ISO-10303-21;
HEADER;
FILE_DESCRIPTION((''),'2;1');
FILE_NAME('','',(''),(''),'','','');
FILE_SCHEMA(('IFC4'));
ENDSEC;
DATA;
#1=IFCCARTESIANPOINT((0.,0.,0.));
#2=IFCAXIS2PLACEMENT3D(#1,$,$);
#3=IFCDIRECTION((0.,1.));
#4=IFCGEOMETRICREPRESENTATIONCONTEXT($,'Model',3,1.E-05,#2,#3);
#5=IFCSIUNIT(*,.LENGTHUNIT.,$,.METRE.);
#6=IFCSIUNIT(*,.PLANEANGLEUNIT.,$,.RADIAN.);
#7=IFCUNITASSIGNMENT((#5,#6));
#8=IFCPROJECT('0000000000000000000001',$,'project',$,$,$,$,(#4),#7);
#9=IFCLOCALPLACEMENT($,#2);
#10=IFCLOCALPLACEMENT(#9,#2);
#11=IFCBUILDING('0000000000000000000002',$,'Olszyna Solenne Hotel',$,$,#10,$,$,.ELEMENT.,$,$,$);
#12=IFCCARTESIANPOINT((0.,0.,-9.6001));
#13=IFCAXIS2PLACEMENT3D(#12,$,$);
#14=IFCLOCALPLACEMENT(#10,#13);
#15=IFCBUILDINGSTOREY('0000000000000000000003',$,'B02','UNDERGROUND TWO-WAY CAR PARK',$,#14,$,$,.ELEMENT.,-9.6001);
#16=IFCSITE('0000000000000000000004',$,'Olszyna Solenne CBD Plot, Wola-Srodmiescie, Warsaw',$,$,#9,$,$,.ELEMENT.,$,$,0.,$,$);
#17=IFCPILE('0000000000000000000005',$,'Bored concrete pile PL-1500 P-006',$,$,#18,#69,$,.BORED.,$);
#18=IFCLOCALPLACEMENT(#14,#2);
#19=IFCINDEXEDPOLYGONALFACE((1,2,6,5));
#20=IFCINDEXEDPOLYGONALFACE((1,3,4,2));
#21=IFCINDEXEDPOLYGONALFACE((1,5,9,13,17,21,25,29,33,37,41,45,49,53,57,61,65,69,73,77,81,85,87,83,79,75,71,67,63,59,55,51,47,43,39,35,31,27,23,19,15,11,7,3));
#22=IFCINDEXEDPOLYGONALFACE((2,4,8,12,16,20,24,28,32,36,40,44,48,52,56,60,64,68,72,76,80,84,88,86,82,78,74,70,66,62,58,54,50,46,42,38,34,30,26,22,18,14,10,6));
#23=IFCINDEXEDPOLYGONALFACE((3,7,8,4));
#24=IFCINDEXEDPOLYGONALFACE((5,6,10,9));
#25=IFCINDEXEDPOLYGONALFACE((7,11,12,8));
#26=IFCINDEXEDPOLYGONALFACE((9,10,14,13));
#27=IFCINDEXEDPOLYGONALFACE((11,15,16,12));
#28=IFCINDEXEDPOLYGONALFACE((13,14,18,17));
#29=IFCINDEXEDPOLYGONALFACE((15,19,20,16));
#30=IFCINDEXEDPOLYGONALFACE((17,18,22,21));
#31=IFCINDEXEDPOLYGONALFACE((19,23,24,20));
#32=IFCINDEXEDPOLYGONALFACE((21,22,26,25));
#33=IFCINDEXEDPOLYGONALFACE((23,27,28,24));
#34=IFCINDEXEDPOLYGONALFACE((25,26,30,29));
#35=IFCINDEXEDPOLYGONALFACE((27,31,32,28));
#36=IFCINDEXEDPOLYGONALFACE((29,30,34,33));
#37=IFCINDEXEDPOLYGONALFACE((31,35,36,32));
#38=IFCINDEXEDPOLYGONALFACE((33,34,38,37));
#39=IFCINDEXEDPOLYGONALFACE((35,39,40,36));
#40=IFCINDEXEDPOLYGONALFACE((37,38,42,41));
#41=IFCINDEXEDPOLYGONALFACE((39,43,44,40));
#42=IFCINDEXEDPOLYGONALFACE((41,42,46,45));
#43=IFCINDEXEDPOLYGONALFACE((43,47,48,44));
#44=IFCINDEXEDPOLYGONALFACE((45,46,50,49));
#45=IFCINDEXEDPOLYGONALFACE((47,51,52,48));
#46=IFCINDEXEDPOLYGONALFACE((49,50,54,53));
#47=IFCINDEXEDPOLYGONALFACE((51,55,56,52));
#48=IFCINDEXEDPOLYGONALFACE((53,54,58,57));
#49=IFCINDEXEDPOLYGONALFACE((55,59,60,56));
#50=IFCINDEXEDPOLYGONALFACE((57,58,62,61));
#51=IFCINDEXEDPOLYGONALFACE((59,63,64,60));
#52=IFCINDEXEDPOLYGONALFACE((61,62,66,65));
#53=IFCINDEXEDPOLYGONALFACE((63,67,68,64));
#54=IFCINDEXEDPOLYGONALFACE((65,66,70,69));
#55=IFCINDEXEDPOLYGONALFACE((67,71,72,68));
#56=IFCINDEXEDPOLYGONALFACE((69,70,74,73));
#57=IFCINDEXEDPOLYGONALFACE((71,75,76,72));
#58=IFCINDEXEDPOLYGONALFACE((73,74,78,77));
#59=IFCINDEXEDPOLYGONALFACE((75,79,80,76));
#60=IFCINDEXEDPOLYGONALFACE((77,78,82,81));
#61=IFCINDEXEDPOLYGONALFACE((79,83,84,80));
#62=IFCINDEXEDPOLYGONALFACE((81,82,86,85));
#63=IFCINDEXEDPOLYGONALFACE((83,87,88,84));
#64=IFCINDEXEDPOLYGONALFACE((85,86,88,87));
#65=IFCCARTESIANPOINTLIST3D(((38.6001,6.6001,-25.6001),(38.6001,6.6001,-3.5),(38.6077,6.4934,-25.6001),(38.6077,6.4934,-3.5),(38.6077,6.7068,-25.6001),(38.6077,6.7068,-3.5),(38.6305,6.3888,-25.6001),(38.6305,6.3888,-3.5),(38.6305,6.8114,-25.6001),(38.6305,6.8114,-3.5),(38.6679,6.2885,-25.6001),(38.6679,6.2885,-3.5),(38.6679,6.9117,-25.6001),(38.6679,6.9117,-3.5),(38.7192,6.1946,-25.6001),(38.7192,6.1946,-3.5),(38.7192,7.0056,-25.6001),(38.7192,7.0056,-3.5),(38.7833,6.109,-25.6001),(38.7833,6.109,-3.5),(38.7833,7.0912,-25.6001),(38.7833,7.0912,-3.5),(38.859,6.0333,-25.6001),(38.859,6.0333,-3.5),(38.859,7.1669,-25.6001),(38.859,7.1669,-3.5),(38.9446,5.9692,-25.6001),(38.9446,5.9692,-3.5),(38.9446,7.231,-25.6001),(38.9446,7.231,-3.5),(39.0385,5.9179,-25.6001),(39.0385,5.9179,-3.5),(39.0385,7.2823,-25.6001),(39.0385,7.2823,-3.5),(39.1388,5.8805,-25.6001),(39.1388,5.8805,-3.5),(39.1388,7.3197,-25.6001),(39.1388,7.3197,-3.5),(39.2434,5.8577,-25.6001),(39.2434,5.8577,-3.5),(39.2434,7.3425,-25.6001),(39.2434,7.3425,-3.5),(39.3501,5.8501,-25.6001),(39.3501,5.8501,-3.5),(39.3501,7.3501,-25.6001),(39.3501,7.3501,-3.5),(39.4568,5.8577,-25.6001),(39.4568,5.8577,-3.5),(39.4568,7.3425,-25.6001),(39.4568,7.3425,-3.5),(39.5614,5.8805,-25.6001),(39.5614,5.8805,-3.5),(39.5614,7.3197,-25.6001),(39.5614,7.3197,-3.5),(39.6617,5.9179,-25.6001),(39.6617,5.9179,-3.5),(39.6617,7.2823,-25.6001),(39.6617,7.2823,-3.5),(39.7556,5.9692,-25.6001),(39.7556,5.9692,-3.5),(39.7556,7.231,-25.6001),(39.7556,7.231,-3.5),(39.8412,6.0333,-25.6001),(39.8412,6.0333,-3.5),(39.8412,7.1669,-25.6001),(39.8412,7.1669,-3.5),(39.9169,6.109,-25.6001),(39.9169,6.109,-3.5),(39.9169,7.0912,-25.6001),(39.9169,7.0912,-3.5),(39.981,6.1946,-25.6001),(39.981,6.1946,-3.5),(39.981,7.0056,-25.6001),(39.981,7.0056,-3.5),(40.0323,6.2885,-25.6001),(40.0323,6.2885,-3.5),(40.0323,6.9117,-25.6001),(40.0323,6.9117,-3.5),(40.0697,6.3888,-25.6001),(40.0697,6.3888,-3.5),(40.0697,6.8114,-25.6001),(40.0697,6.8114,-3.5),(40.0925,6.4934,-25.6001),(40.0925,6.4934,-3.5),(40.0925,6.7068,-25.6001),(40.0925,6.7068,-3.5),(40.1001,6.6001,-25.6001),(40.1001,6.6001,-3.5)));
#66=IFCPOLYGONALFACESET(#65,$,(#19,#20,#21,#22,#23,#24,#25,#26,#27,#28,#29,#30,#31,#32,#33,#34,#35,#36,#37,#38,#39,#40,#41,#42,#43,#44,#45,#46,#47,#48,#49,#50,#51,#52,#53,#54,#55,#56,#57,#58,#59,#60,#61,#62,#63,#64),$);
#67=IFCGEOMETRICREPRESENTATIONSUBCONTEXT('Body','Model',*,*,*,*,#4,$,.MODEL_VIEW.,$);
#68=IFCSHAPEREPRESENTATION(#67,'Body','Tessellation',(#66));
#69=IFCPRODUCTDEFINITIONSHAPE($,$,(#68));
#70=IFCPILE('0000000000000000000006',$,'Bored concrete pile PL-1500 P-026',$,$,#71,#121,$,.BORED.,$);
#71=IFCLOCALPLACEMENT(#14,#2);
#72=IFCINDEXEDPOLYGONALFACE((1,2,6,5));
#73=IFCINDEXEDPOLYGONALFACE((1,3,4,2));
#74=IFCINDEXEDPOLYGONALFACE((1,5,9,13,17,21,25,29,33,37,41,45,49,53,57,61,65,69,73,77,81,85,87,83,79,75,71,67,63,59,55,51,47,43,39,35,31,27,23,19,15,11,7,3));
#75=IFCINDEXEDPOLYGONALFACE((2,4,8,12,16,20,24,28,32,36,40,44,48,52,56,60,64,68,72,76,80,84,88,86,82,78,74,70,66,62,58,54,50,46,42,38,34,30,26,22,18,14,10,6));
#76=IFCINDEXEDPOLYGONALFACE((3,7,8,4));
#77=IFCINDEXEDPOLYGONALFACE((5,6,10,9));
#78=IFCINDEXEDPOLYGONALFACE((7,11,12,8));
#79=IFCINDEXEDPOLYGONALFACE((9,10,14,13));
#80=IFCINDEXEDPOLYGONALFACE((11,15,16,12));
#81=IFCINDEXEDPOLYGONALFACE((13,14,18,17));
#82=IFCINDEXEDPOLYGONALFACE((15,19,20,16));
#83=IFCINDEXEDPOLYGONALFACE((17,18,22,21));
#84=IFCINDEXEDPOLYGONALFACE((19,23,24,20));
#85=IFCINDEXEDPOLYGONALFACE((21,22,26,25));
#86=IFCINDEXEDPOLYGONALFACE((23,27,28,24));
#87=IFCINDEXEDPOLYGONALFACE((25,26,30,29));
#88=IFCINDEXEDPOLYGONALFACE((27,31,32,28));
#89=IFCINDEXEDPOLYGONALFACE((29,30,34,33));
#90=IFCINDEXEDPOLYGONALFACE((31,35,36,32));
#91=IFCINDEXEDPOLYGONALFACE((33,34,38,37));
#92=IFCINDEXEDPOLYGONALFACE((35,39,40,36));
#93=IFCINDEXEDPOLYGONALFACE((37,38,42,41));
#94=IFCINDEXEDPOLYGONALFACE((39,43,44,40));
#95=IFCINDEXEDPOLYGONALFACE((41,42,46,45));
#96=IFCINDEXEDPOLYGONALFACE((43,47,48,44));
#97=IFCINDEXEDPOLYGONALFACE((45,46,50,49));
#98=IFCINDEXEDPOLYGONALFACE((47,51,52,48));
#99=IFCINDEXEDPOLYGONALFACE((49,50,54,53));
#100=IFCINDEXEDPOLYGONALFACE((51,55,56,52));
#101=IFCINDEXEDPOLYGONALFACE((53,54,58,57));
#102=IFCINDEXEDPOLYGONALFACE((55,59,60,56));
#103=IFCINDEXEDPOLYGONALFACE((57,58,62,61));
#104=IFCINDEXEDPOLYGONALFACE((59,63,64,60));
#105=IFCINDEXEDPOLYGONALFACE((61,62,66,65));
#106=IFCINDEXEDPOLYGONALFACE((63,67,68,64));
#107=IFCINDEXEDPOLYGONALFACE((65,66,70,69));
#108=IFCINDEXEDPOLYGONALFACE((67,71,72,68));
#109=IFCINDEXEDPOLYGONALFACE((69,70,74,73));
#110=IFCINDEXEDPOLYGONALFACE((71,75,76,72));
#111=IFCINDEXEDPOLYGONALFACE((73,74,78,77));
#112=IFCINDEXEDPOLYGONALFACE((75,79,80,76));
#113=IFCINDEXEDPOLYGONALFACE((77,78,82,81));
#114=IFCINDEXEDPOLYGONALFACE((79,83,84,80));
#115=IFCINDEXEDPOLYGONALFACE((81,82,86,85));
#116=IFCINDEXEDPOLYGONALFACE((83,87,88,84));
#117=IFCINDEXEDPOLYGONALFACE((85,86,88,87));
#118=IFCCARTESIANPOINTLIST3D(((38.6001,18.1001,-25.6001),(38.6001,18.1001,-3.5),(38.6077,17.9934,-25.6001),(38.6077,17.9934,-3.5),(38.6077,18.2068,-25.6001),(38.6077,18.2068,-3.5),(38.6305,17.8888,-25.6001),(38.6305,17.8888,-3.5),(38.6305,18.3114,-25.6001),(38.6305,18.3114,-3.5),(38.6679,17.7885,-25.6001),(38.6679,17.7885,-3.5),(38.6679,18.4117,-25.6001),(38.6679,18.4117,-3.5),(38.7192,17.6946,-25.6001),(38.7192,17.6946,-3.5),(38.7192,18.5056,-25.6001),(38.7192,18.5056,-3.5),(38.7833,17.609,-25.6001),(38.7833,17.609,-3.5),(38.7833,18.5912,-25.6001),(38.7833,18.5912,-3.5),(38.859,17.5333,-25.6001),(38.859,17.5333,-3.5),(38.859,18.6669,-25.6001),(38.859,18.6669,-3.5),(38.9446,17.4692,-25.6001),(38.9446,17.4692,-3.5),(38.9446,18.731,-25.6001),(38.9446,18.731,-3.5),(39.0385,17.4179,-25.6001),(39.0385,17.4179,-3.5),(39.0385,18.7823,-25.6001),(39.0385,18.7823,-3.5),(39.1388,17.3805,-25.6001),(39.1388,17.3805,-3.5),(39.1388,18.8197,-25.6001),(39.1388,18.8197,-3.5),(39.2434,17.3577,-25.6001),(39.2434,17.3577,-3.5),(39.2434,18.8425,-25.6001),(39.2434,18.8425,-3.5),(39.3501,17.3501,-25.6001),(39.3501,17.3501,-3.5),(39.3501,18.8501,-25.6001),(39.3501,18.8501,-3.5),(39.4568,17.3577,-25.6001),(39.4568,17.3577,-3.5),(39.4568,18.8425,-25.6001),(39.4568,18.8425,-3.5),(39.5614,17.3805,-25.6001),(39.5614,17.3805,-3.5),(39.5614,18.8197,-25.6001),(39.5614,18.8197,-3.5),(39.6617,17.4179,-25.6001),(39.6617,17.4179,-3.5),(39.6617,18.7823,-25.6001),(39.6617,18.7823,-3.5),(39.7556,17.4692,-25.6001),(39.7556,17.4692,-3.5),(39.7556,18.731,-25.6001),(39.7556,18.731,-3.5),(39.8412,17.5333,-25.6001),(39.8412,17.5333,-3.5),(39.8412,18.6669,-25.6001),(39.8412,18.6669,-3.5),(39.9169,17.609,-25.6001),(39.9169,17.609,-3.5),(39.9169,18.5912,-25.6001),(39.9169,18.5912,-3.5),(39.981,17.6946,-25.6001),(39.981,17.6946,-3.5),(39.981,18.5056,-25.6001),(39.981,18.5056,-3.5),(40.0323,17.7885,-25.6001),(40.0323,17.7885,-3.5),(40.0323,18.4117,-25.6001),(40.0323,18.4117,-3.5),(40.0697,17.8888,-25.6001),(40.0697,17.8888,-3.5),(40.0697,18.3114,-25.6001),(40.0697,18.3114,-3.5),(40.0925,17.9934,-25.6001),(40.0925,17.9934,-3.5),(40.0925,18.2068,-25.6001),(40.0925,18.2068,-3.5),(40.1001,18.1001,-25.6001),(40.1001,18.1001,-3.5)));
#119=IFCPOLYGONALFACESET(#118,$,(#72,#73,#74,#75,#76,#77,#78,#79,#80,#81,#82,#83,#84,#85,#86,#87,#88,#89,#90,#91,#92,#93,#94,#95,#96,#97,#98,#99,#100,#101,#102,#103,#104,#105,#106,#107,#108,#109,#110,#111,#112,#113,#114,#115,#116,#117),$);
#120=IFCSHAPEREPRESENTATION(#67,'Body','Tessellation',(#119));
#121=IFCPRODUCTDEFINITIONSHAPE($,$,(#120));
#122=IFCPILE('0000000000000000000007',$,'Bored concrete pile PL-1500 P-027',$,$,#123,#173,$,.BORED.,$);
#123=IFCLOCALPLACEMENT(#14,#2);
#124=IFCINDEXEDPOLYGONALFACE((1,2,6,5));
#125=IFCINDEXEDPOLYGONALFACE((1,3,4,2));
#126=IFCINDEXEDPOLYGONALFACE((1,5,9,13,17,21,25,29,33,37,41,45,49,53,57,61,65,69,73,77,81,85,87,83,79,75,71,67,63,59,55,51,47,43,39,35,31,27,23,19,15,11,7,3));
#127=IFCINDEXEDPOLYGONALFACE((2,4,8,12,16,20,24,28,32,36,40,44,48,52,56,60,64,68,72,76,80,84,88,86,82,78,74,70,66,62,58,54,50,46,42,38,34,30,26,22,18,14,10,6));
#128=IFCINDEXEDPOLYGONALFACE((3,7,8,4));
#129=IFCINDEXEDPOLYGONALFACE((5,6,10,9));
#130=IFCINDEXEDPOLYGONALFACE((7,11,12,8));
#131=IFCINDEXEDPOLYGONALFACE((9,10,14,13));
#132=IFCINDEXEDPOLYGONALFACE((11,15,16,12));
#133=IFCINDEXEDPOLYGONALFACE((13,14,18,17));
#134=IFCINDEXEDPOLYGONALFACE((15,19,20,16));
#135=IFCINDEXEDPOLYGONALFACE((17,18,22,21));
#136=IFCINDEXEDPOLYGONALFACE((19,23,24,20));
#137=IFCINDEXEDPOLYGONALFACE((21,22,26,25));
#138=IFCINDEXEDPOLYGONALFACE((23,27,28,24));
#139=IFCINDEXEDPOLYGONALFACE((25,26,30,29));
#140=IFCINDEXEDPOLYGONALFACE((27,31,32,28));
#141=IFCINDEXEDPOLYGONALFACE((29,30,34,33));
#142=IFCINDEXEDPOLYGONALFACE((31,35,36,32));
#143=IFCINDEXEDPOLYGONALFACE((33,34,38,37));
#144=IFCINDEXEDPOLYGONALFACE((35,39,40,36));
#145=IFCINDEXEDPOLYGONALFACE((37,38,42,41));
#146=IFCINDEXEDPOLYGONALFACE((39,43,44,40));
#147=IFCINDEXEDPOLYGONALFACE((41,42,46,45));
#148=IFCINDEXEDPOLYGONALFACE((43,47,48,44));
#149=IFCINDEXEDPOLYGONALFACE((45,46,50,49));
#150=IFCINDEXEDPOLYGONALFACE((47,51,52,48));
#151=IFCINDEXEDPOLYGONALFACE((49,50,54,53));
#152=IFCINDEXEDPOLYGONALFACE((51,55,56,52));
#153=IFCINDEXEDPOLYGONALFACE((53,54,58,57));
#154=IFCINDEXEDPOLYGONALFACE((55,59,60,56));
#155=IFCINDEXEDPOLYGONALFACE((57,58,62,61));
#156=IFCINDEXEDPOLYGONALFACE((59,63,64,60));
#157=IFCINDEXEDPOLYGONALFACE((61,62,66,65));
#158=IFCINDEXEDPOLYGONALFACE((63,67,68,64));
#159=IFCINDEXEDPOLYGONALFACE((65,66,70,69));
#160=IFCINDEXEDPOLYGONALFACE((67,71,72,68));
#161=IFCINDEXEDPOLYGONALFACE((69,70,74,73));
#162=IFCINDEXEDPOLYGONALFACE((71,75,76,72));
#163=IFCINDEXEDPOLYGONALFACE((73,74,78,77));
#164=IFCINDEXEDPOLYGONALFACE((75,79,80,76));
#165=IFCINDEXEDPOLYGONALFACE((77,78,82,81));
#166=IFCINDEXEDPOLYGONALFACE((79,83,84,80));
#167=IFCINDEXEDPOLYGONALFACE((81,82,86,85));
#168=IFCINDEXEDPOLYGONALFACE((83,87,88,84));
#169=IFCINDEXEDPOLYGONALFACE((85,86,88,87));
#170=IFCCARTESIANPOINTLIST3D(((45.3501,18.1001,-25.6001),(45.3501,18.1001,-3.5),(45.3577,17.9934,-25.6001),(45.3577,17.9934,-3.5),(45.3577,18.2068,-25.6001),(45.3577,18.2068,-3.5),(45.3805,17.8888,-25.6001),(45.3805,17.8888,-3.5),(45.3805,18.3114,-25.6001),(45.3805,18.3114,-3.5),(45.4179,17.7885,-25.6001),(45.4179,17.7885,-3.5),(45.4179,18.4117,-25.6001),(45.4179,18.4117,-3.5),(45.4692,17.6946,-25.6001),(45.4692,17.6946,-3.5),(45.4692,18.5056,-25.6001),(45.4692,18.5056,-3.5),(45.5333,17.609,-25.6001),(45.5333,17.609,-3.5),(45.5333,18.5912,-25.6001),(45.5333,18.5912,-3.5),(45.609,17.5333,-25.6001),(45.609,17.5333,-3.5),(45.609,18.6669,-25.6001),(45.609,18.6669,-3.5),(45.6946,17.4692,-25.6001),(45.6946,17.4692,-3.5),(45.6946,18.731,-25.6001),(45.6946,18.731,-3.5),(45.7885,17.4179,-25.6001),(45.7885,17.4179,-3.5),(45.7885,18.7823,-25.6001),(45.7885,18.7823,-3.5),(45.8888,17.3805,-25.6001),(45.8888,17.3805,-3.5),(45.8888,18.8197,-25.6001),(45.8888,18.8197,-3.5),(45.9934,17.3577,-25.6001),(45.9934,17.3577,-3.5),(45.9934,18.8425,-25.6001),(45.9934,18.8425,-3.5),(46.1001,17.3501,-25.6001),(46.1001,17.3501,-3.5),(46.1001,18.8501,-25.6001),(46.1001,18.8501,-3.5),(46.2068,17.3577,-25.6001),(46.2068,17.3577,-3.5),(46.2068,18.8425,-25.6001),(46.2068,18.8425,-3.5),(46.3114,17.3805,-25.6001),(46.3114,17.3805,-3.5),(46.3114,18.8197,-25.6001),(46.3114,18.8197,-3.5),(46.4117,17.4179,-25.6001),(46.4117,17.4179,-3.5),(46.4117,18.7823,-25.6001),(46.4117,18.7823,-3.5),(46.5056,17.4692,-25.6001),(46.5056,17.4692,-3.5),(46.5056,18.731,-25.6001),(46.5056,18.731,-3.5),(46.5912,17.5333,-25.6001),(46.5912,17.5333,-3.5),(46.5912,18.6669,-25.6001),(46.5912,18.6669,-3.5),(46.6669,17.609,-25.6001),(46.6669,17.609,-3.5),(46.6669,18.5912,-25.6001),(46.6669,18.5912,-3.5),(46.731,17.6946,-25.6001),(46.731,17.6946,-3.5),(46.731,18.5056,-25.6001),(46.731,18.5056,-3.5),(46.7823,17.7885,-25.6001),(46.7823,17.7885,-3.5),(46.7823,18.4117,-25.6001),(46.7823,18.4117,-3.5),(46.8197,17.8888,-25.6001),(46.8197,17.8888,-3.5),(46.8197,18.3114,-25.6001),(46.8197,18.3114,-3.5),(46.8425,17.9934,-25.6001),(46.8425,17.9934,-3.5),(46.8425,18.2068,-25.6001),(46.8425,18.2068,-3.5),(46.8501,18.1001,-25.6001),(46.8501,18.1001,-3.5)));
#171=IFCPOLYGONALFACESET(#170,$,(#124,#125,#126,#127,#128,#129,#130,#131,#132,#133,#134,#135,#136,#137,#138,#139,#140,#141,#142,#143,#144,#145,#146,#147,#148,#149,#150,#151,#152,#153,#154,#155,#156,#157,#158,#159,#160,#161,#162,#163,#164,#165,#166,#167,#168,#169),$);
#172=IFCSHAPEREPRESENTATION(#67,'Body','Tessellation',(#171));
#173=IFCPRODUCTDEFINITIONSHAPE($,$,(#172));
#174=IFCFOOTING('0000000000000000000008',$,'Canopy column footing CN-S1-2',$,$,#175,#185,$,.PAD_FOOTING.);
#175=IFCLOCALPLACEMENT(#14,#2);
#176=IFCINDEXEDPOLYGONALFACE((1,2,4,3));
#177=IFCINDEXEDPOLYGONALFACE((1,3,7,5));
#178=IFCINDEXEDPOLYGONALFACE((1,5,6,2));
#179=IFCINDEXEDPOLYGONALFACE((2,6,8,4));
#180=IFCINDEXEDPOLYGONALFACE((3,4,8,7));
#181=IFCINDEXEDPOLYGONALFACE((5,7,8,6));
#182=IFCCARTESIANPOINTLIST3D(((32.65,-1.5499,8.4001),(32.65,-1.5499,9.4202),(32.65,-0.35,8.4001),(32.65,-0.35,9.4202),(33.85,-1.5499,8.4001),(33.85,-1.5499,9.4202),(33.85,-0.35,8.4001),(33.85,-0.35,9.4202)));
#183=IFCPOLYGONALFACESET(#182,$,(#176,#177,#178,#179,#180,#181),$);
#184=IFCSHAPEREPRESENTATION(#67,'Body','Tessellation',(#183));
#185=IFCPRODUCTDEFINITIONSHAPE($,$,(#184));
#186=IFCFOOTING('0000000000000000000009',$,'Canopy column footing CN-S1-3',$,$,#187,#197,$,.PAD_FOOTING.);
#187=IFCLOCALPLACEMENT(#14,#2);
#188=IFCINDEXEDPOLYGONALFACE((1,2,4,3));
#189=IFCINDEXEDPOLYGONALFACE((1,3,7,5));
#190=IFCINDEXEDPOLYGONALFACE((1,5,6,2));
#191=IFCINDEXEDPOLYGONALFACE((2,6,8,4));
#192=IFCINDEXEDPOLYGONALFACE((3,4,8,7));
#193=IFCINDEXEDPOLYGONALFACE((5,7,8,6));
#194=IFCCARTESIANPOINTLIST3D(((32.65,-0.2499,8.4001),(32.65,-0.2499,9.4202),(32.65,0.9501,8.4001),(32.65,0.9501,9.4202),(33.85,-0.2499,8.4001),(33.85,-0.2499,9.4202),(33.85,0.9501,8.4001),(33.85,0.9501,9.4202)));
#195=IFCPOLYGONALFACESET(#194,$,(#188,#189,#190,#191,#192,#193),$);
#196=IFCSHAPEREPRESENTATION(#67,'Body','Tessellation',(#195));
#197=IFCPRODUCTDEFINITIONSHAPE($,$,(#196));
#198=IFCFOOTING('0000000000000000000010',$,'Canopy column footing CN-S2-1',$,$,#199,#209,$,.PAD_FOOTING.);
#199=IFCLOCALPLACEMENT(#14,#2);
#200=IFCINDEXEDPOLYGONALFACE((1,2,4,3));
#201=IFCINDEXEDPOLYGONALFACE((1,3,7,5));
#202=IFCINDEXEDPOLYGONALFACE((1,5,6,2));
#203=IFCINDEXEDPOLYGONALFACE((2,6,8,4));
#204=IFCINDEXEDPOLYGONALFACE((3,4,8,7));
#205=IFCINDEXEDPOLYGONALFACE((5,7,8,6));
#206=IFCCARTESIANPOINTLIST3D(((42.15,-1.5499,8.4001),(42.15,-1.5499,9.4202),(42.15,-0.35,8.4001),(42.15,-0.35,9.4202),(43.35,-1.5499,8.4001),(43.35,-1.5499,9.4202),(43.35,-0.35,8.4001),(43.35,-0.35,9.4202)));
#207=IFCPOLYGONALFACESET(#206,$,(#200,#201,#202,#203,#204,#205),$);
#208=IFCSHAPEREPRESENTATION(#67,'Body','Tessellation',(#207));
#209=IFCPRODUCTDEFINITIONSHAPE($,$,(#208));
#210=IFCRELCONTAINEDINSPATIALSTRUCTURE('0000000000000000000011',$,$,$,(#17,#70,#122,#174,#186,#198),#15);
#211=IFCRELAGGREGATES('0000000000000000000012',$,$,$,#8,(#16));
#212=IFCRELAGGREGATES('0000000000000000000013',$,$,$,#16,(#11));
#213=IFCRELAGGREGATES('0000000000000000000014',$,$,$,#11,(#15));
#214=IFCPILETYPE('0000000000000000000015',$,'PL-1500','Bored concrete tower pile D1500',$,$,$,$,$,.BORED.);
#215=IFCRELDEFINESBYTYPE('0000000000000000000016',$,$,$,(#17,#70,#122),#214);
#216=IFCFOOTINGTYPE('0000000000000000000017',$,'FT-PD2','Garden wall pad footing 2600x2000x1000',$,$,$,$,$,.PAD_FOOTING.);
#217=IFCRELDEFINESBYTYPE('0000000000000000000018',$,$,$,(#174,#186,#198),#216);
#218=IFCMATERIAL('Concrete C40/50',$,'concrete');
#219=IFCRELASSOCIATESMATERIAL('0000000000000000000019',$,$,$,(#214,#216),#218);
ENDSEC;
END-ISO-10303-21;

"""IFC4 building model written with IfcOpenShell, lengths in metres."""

from ifc_helpers import new_model, si_unit, direction, frame, origin, origin_2d, place, context, subcontext, project, spatial, rectangle, circle, extrude, source, transform, mapped, material, material_profile, profile_set, type_object, element, save


model = new_model("IFC4")

# Units and contexts
model_context = context("Model", 3, precision=1e-05, world=origin(), true_north=direction((0.0, 1.0)))
body_context = subcontext(model_context, "Body", "Model", "MODEL_VIEW")
ifc_project = project(units=[si_unit("LENGTHUNIT", "METRE"), si_unit("PLANEANGLEUNIT", "RADIAN")], contexts=[model_context])

# Site, building, storey
site_placement = place(None, origin())
site = spatial("IfcSite", under=ifc_project, at=site_placement, Name="Olszyna Solenne CBD Plot, Wola-Srodmiescie, Warsaw", CompositionType="ELEMENT", RefElevation=0.0)
building_placement = place(site_placement, origin())
building = spatial("IfcBuilding", under=site, at=building_placement, Name="Olszyna Solenne Hotel", CompositionType="ELEMENT")
storey_placement = place(building_placement, frame((0.0, 0.0, -9.6001)))
storey = spatial("IfcBuildingStorey", under=building, at=storey_placement, Name="B02", Description="UNDERGROUND TWO-WAY CAR PARK", CompositionType="ELEMENT", Elevation=-9.6001)

# Piles
ifc_material_1 = material(Name="Concrete C40/50", Category="concrete")
ifc_material_profile_1 = material_profile(ifc_material_1, circle(Radius=0.75, at=origin_2d()), Name="BORED PILE 1500", Category="load-bearing")
ifc_profile_set_1 = profile_set([ifc_material_profile_1], Name="Concrete C40/50")
pile_type_1 = type_object("IfcPileType", Name="PL-1500", Description="Bored concrete tower pile D1500", PredefinedType="BORED", material=ifc_profile_set_1)
shared_shape_1 = source(origin(), body_context, "Body", "SweptSolid", [
    extrude(circle(Radius=0.75, at=origin_2d()), origin(), (0.0, 0.0, 1.0), 22.1001),
])
for number, where, z_axis, x_axis, name in (
    (1, (39.3501, 6.6001, -3.5), (0.0, 0.0, -1.0), (1.0, 0.0, 0.0), "Bored concrete pile PL-1500 P-006"),
    (2, (39.3501, 18.1001, -3.5), (0.0, 0.0, -1.0), (1.0, 0.0, 0.0), "Bored concrete pile PL-1500 P-026"),
    (3, (46.1001, 18.1001, -3.5), (0.0, 0.0, -1.0), (1.0, 0.0, 0.0), "Bored concrete pile PL-1500 P-027"),
):
    element("IfcPile", number, at=place(storey_placement, frame(where, z_axis=z_axis, x_axis=x_axis)), inside=storey, type_object=pile_type_1, Name=name, PredefinedType="BORED", context=body_context, shape_type="MappedRepresentation", body=[
        mapped(shared_shape_1, transform((0.0, 0.0, 0.0), x_axis=(1.0, 0.0, 0.0), y_axis=(0.0, 1.0, 0.0), z_axis=(0.0, 0.0, 1.0), scale=1.0)),
    ])

# Footings
footing_type = type_object("IfcFootingType", Name="FT-PD2", Description="Garden wall pad footing 2600x2000x1000", PredefinedType="PAD_FOOTING", material=ifc_material_1)
shared_shape_2 = source(origin(), body_context, "Body", "SweptSolid", [
    extrude(rectangle(XDim=1.2, YDim=1.2, at=origin_2d()), origin(), (0.0, 0.0, 1.0), 1.02),
])
for number, where, z_axis, x_axis, name in (
    (4, (33.25, -0.95, 8.4001), (0.0, 0.0, 1.0), (1.0, 0.0, 0.0), "Canopy column footing CN-S1-2"),
    (5, (33.25, 0.3501, 8.4001), (0.0, 0.0, 1.0), (1.0, 0.0, 0.0), "Canopy column footing CN-S1-3"),
    (6, (42.75, -0.95, 8.4001), (0.0, 0.0, 1.0), (1.0, 0.0, 0.0), "Canopy column footing CN-S2-1"),
):
    element("IfcFooting", number, at=place(storey_placement, frame(where, z_axis=z_axis, x_axis=x_axis)), inside=storey, type_object=footing_type, Name=name, PredefinedType="PAD_FOOTING", context=body_context, shape_type="MappedRepresentation", body=[
        mapped(shared_shape_2, transform((0.0, 0.0, 0.0), x_axis=(1.0, 0.0, 0.0), y_axis=(0.0, 1.0, 0.0), z_axis=(0.0, 0.0, 1.0), scale=1.0)),
    ])

save(model, "model.ifc")
